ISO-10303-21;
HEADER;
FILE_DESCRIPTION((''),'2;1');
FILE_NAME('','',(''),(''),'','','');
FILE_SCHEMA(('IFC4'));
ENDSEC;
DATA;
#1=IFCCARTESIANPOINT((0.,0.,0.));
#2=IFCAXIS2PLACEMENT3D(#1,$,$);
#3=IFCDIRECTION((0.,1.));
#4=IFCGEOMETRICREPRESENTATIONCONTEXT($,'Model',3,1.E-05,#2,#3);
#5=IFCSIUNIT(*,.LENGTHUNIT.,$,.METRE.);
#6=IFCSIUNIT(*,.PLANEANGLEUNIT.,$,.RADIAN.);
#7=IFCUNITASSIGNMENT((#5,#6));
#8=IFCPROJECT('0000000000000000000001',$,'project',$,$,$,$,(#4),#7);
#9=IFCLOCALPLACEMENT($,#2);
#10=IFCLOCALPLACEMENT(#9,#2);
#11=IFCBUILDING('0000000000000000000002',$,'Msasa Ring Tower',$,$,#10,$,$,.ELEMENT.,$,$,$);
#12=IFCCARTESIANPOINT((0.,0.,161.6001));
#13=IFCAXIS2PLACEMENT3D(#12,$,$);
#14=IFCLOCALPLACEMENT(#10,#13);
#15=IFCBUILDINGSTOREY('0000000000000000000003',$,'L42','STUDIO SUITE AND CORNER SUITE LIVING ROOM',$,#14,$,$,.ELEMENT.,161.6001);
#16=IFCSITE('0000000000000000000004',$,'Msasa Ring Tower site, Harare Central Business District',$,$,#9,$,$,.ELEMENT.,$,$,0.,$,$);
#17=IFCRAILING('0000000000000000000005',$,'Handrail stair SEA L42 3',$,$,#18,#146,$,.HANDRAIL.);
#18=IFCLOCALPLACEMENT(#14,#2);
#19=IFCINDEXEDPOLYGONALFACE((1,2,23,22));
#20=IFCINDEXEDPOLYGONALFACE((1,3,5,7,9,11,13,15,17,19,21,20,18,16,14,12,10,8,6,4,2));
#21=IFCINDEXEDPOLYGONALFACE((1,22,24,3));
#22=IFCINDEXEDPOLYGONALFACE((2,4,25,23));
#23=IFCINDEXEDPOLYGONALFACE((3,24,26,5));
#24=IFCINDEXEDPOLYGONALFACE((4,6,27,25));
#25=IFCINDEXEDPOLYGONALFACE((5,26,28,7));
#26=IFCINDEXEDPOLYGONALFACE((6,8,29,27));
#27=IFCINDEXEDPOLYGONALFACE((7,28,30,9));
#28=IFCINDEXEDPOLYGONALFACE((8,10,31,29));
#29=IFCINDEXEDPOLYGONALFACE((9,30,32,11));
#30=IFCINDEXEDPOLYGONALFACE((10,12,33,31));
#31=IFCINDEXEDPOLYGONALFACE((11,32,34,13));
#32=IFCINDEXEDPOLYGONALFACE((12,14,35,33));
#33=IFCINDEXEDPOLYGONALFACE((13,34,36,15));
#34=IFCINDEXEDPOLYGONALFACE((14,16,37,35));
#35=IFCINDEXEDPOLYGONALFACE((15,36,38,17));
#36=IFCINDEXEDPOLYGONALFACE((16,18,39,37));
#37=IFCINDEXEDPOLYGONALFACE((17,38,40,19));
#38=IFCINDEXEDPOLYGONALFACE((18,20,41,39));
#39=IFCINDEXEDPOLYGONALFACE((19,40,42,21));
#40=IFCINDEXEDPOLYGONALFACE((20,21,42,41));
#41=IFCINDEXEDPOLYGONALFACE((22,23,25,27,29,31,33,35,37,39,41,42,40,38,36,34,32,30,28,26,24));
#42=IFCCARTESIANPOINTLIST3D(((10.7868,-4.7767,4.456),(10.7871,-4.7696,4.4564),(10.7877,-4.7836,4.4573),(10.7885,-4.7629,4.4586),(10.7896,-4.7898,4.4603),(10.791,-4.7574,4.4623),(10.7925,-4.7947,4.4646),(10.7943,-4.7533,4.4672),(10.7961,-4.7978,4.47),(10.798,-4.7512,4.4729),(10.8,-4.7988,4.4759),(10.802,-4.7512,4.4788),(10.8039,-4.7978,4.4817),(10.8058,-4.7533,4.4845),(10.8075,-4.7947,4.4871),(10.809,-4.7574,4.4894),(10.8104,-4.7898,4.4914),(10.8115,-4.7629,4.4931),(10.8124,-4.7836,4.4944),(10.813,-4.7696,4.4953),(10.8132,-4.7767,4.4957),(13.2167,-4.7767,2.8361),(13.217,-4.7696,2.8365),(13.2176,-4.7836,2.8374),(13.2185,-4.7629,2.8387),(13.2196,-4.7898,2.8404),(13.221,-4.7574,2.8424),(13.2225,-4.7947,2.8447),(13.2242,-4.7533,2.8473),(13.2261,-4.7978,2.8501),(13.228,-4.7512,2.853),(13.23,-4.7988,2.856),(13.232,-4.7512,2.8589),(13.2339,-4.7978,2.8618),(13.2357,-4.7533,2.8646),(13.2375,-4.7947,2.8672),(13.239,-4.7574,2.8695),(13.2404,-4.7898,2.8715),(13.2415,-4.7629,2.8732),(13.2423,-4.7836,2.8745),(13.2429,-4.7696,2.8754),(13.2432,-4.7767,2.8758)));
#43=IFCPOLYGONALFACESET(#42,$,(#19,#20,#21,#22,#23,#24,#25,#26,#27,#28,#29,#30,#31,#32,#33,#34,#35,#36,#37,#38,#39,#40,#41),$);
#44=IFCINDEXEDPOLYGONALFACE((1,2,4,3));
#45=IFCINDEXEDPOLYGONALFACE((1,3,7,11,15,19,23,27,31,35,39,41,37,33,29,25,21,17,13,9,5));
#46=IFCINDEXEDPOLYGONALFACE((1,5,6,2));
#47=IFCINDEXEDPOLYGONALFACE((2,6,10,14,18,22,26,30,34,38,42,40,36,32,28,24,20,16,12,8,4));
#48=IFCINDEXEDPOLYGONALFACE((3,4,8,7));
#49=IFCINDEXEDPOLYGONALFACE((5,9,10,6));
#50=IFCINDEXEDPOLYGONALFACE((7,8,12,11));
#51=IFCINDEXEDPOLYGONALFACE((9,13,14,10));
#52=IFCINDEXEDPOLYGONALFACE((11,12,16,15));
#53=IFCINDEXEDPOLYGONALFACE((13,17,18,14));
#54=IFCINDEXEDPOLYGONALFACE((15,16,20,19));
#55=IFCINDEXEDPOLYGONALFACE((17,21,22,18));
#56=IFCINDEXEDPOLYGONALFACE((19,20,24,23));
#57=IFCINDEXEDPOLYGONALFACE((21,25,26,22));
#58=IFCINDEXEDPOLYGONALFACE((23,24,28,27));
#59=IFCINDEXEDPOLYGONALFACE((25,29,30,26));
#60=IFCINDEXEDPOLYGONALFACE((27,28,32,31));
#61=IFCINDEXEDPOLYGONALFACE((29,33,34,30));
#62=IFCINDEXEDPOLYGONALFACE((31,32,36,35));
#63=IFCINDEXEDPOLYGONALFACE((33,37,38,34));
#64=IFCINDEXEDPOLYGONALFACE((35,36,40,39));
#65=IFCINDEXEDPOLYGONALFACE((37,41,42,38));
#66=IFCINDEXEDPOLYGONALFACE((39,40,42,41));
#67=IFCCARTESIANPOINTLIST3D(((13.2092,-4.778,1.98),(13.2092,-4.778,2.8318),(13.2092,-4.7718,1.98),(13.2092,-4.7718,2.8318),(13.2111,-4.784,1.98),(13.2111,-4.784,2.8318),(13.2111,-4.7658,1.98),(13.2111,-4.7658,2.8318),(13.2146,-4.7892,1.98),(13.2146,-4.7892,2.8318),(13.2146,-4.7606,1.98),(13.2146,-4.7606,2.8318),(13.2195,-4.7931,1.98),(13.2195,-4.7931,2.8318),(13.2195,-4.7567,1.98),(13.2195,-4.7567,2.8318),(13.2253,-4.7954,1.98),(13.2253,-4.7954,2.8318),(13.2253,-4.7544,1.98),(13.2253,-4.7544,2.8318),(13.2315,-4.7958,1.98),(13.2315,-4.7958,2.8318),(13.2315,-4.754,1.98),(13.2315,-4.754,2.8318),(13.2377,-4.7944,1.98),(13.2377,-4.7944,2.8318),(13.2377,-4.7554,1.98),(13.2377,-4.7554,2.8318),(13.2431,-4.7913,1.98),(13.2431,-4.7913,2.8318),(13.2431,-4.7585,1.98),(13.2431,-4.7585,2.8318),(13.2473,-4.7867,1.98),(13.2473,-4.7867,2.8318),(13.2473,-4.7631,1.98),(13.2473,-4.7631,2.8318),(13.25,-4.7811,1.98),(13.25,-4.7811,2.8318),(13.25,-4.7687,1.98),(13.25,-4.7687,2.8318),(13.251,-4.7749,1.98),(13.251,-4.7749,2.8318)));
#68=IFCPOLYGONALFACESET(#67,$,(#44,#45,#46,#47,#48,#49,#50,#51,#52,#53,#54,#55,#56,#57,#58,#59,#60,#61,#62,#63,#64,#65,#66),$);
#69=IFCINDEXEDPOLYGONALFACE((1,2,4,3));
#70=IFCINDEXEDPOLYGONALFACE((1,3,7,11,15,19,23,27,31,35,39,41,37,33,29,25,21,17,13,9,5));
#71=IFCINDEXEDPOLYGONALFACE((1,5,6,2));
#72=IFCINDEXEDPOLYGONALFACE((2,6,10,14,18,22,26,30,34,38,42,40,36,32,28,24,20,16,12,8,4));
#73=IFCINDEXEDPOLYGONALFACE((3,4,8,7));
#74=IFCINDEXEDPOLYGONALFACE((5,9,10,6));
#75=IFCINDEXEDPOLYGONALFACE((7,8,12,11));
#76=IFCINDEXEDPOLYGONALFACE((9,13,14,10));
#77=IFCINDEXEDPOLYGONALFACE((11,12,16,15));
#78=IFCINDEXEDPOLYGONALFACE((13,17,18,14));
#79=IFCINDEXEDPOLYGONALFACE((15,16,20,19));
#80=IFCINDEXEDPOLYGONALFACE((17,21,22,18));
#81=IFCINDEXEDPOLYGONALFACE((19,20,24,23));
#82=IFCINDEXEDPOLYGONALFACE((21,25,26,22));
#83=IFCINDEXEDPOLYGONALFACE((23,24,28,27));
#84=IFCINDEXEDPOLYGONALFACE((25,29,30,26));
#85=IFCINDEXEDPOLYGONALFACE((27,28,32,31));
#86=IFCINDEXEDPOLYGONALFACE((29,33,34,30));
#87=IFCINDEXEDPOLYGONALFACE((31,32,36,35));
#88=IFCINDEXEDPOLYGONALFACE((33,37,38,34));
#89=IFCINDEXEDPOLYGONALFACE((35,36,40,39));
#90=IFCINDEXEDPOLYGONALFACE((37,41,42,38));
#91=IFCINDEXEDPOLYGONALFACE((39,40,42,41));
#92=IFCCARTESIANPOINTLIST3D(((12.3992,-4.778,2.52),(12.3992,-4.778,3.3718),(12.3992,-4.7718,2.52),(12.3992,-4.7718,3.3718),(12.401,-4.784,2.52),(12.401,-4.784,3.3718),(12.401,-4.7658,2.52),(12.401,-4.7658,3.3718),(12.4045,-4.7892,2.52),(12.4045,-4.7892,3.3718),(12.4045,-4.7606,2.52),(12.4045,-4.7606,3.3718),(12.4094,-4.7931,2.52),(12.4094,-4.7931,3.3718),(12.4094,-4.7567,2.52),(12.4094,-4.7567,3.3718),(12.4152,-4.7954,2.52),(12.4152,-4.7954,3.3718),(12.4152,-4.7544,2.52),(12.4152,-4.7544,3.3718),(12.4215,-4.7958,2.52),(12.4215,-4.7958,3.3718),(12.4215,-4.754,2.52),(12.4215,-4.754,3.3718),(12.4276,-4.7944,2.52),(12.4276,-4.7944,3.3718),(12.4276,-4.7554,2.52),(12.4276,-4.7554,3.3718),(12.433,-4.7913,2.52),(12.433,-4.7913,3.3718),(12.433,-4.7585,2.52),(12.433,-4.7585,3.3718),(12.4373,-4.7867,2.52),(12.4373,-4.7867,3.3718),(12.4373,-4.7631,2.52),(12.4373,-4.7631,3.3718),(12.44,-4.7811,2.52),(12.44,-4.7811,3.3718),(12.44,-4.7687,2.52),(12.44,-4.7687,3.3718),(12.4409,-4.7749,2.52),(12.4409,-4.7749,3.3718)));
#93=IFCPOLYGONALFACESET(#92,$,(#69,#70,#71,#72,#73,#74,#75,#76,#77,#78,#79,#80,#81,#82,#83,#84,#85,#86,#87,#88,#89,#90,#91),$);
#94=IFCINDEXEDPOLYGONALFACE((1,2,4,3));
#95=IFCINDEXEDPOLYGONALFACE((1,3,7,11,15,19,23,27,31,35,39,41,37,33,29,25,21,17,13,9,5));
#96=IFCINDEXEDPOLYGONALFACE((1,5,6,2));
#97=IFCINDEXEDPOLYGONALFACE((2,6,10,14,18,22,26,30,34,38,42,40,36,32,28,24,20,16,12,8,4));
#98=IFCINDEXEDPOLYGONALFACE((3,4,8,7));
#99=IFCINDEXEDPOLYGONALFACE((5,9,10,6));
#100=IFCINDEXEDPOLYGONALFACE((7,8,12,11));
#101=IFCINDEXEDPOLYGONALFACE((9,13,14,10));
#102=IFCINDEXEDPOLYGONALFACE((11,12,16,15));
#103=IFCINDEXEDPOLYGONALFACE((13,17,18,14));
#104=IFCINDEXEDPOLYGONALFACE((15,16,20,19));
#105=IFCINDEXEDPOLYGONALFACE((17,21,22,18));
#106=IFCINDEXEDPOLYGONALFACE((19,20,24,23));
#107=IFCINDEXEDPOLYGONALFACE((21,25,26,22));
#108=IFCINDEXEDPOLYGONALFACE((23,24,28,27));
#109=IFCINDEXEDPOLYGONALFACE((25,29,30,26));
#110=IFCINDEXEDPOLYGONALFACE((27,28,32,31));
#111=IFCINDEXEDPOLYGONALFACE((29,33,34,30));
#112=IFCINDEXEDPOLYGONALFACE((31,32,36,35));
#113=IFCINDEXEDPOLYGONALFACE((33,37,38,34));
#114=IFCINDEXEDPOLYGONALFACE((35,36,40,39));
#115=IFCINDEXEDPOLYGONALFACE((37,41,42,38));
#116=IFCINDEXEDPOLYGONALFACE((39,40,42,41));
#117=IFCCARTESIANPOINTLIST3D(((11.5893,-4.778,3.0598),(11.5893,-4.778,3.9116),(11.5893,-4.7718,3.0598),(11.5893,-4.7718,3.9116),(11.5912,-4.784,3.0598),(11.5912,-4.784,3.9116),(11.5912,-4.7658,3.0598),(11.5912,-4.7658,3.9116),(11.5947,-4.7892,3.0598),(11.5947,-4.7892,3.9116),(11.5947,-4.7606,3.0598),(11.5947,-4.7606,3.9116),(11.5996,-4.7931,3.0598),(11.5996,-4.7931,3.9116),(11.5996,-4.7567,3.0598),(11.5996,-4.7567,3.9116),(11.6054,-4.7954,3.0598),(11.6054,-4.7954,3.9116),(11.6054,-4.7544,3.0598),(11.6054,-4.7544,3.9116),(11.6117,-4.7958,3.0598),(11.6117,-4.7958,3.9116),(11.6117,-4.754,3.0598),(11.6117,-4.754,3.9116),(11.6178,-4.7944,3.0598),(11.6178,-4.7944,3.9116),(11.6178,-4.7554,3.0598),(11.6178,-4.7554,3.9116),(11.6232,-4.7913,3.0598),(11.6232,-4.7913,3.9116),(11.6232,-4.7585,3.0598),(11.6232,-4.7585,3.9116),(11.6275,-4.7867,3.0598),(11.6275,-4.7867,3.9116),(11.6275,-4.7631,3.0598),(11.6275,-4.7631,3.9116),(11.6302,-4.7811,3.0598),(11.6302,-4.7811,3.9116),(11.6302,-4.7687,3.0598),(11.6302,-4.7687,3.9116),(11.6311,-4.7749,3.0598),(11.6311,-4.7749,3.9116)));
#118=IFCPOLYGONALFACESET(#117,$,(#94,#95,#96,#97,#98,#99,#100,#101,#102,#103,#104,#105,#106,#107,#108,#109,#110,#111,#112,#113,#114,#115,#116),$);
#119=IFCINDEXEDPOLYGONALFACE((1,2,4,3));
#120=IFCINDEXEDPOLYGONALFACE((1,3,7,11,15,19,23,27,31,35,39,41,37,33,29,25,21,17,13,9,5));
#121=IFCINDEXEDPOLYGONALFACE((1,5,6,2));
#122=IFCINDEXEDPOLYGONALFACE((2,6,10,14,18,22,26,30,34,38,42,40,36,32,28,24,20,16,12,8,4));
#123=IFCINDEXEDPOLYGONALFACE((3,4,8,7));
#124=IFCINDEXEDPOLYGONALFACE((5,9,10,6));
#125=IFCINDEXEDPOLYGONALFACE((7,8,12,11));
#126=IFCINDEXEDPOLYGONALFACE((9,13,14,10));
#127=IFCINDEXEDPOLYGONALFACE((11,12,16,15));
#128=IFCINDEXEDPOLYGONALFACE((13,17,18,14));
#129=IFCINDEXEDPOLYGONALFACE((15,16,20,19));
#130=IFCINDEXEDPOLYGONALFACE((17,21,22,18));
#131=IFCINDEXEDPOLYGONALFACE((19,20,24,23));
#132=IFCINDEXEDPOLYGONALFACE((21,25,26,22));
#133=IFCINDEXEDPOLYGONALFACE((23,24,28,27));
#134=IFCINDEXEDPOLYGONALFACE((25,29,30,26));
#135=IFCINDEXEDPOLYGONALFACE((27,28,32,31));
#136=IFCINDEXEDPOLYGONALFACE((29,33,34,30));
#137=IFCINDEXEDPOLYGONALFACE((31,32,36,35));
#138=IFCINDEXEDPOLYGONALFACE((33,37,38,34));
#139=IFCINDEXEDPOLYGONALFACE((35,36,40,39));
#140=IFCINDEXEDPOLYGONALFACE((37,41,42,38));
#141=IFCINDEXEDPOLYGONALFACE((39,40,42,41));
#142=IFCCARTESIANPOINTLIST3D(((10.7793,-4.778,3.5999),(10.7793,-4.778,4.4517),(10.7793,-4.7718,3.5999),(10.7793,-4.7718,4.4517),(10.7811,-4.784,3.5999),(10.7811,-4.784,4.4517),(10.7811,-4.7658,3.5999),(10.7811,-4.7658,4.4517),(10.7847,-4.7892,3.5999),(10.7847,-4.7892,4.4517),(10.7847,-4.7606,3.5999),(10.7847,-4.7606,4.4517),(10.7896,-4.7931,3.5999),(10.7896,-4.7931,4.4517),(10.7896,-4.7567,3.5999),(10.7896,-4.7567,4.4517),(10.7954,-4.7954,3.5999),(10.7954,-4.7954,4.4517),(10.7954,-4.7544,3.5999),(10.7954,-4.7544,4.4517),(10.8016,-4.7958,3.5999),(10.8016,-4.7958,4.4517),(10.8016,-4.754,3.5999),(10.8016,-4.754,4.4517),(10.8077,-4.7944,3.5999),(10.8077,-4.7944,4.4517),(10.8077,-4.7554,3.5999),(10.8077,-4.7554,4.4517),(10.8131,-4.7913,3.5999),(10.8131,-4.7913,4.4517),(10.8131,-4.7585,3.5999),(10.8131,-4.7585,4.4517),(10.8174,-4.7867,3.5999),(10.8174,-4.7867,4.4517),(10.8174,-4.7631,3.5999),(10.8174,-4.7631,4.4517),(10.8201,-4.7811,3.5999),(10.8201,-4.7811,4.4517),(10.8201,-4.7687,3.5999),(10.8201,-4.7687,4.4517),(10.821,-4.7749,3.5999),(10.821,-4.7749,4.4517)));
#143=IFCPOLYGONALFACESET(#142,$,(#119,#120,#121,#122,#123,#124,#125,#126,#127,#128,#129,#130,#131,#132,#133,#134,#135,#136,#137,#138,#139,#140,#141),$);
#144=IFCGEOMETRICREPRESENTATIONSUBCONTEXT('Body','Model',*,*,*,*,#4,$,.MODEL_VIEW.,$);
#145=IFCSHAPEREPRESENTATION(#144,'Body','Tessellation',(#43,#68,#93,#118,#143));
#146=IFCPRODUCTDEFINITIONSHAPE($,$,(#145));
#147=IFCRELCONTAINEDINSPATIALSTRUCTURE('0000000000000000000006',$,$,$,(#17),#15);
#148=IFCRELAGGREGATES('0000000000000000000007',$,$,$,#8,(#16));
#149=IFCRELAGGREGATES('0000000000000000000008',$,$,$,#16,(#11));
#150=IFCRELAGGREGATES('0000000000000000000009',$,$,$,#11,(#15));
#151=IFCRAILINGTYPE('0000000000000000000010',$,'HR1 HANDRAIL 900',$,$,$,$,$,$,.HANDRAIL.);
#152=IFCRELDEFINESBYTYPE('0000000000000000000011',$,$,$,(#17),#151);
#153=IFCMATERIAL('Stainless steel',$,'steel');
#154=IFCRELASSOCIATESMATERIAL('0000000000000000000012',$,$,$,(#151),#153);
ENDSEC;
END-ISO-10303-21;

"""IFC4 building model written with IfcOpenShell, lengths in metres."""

from ifc_helpers import new_model, si_unit, direction, frame, origin, origin_2d, place, context, subcontext, project, spatial, circle, extrude, material, type_object, element, save


model = new_model("IFC4")

# Units and contexts
model_context = context("Model", 3, precision=1e-05, world=origin(), true_north=direction((0.0, 1.0)))
body_context = subcontext(model_context, "Body", "Model", "MODEL_VIEW")
ifc_project = project(units=[si_unit("LENGTHUNIT", "METRE"), si_unit("PLANEANGLEUNIT", "RADIAN")], contexts=[model_context])

# Site, building, storey
site_placement = place(None, origin())
site = spatial("IfcSite", under=ifc_project, at=site_placement, Name="Msasa Ring Tower site, Harare Central Business District", CompositionType="ELEMENT", RefElevation=0.0)
building_placement = place(site_placement, origin())
building = spatial("IfcBuilding", under=site, at=building_placement, Name="Msasa Ring Tower", CompositionType="ELEMENT")
storey_placement = place(building_placement, frame((0.0, 0.0, 161.6001)))
storey = spatial("IfcBuildingStorey", under=building, at=storey_placement, Name="L42", Description="STUDIO SUITE AND CORNER SUITE LIVING ROOM", CompositionType="ELEMENT", Elevation=161.6001)

# Railing
ifc_material_1 = material(Name="Stainless steel", Category="steel")
railing_type = type_object("IfcRailingType", Name="HR1 HANDRAIL 900", PredefinedType="HANDRAIL", material=ifc_material_1)
for number, where, name in (
    (1, (13.23, -4.7749, 1.98), "Handrail stair SEA L42 3"),
):
    element("IfcRailing", number, at=place(storey_placement, frame(where)), inside=storey, type_object=railing_type, Name=name, PredefinedType="HANDRAIL", context=body_context, shape_type="SweptSolid", body=[
        extrude(circle(Radius=0.0239, at=origin_2d()), frame((0.0, 0.0, 0.876), z_axis=(-0.832063, 0.0, 0.554681), x_axis=(0.0, -1.0, 0.0)), (0.0, 0.0, 1.0), 2.9204),
        extrude(circle(Radius=0.021, at=origin_2d()), origin(), (0.0, 0.0, 1.0), 0.8518),
        extrude(circle(Radius=0.021, at=origin_2d()), frame((-0.8101, 0.0, 0.54)), (0.0, 0.0, 1.0), 0.8518),
        extrude(circle(Radius=0.021, at=origin_2d()), frame((-1.6199, 0.0, 1.0798)), (0.0, 0.0, 1.0), 0.8518),
        extrude(circle(Radius=0.021, at=origin_2d()), frame((-2.4299, 0.0, 1.6199)), (0.0, 0.0, 1.0), 0.8518),
    ])

save(model, "model.ifc")
